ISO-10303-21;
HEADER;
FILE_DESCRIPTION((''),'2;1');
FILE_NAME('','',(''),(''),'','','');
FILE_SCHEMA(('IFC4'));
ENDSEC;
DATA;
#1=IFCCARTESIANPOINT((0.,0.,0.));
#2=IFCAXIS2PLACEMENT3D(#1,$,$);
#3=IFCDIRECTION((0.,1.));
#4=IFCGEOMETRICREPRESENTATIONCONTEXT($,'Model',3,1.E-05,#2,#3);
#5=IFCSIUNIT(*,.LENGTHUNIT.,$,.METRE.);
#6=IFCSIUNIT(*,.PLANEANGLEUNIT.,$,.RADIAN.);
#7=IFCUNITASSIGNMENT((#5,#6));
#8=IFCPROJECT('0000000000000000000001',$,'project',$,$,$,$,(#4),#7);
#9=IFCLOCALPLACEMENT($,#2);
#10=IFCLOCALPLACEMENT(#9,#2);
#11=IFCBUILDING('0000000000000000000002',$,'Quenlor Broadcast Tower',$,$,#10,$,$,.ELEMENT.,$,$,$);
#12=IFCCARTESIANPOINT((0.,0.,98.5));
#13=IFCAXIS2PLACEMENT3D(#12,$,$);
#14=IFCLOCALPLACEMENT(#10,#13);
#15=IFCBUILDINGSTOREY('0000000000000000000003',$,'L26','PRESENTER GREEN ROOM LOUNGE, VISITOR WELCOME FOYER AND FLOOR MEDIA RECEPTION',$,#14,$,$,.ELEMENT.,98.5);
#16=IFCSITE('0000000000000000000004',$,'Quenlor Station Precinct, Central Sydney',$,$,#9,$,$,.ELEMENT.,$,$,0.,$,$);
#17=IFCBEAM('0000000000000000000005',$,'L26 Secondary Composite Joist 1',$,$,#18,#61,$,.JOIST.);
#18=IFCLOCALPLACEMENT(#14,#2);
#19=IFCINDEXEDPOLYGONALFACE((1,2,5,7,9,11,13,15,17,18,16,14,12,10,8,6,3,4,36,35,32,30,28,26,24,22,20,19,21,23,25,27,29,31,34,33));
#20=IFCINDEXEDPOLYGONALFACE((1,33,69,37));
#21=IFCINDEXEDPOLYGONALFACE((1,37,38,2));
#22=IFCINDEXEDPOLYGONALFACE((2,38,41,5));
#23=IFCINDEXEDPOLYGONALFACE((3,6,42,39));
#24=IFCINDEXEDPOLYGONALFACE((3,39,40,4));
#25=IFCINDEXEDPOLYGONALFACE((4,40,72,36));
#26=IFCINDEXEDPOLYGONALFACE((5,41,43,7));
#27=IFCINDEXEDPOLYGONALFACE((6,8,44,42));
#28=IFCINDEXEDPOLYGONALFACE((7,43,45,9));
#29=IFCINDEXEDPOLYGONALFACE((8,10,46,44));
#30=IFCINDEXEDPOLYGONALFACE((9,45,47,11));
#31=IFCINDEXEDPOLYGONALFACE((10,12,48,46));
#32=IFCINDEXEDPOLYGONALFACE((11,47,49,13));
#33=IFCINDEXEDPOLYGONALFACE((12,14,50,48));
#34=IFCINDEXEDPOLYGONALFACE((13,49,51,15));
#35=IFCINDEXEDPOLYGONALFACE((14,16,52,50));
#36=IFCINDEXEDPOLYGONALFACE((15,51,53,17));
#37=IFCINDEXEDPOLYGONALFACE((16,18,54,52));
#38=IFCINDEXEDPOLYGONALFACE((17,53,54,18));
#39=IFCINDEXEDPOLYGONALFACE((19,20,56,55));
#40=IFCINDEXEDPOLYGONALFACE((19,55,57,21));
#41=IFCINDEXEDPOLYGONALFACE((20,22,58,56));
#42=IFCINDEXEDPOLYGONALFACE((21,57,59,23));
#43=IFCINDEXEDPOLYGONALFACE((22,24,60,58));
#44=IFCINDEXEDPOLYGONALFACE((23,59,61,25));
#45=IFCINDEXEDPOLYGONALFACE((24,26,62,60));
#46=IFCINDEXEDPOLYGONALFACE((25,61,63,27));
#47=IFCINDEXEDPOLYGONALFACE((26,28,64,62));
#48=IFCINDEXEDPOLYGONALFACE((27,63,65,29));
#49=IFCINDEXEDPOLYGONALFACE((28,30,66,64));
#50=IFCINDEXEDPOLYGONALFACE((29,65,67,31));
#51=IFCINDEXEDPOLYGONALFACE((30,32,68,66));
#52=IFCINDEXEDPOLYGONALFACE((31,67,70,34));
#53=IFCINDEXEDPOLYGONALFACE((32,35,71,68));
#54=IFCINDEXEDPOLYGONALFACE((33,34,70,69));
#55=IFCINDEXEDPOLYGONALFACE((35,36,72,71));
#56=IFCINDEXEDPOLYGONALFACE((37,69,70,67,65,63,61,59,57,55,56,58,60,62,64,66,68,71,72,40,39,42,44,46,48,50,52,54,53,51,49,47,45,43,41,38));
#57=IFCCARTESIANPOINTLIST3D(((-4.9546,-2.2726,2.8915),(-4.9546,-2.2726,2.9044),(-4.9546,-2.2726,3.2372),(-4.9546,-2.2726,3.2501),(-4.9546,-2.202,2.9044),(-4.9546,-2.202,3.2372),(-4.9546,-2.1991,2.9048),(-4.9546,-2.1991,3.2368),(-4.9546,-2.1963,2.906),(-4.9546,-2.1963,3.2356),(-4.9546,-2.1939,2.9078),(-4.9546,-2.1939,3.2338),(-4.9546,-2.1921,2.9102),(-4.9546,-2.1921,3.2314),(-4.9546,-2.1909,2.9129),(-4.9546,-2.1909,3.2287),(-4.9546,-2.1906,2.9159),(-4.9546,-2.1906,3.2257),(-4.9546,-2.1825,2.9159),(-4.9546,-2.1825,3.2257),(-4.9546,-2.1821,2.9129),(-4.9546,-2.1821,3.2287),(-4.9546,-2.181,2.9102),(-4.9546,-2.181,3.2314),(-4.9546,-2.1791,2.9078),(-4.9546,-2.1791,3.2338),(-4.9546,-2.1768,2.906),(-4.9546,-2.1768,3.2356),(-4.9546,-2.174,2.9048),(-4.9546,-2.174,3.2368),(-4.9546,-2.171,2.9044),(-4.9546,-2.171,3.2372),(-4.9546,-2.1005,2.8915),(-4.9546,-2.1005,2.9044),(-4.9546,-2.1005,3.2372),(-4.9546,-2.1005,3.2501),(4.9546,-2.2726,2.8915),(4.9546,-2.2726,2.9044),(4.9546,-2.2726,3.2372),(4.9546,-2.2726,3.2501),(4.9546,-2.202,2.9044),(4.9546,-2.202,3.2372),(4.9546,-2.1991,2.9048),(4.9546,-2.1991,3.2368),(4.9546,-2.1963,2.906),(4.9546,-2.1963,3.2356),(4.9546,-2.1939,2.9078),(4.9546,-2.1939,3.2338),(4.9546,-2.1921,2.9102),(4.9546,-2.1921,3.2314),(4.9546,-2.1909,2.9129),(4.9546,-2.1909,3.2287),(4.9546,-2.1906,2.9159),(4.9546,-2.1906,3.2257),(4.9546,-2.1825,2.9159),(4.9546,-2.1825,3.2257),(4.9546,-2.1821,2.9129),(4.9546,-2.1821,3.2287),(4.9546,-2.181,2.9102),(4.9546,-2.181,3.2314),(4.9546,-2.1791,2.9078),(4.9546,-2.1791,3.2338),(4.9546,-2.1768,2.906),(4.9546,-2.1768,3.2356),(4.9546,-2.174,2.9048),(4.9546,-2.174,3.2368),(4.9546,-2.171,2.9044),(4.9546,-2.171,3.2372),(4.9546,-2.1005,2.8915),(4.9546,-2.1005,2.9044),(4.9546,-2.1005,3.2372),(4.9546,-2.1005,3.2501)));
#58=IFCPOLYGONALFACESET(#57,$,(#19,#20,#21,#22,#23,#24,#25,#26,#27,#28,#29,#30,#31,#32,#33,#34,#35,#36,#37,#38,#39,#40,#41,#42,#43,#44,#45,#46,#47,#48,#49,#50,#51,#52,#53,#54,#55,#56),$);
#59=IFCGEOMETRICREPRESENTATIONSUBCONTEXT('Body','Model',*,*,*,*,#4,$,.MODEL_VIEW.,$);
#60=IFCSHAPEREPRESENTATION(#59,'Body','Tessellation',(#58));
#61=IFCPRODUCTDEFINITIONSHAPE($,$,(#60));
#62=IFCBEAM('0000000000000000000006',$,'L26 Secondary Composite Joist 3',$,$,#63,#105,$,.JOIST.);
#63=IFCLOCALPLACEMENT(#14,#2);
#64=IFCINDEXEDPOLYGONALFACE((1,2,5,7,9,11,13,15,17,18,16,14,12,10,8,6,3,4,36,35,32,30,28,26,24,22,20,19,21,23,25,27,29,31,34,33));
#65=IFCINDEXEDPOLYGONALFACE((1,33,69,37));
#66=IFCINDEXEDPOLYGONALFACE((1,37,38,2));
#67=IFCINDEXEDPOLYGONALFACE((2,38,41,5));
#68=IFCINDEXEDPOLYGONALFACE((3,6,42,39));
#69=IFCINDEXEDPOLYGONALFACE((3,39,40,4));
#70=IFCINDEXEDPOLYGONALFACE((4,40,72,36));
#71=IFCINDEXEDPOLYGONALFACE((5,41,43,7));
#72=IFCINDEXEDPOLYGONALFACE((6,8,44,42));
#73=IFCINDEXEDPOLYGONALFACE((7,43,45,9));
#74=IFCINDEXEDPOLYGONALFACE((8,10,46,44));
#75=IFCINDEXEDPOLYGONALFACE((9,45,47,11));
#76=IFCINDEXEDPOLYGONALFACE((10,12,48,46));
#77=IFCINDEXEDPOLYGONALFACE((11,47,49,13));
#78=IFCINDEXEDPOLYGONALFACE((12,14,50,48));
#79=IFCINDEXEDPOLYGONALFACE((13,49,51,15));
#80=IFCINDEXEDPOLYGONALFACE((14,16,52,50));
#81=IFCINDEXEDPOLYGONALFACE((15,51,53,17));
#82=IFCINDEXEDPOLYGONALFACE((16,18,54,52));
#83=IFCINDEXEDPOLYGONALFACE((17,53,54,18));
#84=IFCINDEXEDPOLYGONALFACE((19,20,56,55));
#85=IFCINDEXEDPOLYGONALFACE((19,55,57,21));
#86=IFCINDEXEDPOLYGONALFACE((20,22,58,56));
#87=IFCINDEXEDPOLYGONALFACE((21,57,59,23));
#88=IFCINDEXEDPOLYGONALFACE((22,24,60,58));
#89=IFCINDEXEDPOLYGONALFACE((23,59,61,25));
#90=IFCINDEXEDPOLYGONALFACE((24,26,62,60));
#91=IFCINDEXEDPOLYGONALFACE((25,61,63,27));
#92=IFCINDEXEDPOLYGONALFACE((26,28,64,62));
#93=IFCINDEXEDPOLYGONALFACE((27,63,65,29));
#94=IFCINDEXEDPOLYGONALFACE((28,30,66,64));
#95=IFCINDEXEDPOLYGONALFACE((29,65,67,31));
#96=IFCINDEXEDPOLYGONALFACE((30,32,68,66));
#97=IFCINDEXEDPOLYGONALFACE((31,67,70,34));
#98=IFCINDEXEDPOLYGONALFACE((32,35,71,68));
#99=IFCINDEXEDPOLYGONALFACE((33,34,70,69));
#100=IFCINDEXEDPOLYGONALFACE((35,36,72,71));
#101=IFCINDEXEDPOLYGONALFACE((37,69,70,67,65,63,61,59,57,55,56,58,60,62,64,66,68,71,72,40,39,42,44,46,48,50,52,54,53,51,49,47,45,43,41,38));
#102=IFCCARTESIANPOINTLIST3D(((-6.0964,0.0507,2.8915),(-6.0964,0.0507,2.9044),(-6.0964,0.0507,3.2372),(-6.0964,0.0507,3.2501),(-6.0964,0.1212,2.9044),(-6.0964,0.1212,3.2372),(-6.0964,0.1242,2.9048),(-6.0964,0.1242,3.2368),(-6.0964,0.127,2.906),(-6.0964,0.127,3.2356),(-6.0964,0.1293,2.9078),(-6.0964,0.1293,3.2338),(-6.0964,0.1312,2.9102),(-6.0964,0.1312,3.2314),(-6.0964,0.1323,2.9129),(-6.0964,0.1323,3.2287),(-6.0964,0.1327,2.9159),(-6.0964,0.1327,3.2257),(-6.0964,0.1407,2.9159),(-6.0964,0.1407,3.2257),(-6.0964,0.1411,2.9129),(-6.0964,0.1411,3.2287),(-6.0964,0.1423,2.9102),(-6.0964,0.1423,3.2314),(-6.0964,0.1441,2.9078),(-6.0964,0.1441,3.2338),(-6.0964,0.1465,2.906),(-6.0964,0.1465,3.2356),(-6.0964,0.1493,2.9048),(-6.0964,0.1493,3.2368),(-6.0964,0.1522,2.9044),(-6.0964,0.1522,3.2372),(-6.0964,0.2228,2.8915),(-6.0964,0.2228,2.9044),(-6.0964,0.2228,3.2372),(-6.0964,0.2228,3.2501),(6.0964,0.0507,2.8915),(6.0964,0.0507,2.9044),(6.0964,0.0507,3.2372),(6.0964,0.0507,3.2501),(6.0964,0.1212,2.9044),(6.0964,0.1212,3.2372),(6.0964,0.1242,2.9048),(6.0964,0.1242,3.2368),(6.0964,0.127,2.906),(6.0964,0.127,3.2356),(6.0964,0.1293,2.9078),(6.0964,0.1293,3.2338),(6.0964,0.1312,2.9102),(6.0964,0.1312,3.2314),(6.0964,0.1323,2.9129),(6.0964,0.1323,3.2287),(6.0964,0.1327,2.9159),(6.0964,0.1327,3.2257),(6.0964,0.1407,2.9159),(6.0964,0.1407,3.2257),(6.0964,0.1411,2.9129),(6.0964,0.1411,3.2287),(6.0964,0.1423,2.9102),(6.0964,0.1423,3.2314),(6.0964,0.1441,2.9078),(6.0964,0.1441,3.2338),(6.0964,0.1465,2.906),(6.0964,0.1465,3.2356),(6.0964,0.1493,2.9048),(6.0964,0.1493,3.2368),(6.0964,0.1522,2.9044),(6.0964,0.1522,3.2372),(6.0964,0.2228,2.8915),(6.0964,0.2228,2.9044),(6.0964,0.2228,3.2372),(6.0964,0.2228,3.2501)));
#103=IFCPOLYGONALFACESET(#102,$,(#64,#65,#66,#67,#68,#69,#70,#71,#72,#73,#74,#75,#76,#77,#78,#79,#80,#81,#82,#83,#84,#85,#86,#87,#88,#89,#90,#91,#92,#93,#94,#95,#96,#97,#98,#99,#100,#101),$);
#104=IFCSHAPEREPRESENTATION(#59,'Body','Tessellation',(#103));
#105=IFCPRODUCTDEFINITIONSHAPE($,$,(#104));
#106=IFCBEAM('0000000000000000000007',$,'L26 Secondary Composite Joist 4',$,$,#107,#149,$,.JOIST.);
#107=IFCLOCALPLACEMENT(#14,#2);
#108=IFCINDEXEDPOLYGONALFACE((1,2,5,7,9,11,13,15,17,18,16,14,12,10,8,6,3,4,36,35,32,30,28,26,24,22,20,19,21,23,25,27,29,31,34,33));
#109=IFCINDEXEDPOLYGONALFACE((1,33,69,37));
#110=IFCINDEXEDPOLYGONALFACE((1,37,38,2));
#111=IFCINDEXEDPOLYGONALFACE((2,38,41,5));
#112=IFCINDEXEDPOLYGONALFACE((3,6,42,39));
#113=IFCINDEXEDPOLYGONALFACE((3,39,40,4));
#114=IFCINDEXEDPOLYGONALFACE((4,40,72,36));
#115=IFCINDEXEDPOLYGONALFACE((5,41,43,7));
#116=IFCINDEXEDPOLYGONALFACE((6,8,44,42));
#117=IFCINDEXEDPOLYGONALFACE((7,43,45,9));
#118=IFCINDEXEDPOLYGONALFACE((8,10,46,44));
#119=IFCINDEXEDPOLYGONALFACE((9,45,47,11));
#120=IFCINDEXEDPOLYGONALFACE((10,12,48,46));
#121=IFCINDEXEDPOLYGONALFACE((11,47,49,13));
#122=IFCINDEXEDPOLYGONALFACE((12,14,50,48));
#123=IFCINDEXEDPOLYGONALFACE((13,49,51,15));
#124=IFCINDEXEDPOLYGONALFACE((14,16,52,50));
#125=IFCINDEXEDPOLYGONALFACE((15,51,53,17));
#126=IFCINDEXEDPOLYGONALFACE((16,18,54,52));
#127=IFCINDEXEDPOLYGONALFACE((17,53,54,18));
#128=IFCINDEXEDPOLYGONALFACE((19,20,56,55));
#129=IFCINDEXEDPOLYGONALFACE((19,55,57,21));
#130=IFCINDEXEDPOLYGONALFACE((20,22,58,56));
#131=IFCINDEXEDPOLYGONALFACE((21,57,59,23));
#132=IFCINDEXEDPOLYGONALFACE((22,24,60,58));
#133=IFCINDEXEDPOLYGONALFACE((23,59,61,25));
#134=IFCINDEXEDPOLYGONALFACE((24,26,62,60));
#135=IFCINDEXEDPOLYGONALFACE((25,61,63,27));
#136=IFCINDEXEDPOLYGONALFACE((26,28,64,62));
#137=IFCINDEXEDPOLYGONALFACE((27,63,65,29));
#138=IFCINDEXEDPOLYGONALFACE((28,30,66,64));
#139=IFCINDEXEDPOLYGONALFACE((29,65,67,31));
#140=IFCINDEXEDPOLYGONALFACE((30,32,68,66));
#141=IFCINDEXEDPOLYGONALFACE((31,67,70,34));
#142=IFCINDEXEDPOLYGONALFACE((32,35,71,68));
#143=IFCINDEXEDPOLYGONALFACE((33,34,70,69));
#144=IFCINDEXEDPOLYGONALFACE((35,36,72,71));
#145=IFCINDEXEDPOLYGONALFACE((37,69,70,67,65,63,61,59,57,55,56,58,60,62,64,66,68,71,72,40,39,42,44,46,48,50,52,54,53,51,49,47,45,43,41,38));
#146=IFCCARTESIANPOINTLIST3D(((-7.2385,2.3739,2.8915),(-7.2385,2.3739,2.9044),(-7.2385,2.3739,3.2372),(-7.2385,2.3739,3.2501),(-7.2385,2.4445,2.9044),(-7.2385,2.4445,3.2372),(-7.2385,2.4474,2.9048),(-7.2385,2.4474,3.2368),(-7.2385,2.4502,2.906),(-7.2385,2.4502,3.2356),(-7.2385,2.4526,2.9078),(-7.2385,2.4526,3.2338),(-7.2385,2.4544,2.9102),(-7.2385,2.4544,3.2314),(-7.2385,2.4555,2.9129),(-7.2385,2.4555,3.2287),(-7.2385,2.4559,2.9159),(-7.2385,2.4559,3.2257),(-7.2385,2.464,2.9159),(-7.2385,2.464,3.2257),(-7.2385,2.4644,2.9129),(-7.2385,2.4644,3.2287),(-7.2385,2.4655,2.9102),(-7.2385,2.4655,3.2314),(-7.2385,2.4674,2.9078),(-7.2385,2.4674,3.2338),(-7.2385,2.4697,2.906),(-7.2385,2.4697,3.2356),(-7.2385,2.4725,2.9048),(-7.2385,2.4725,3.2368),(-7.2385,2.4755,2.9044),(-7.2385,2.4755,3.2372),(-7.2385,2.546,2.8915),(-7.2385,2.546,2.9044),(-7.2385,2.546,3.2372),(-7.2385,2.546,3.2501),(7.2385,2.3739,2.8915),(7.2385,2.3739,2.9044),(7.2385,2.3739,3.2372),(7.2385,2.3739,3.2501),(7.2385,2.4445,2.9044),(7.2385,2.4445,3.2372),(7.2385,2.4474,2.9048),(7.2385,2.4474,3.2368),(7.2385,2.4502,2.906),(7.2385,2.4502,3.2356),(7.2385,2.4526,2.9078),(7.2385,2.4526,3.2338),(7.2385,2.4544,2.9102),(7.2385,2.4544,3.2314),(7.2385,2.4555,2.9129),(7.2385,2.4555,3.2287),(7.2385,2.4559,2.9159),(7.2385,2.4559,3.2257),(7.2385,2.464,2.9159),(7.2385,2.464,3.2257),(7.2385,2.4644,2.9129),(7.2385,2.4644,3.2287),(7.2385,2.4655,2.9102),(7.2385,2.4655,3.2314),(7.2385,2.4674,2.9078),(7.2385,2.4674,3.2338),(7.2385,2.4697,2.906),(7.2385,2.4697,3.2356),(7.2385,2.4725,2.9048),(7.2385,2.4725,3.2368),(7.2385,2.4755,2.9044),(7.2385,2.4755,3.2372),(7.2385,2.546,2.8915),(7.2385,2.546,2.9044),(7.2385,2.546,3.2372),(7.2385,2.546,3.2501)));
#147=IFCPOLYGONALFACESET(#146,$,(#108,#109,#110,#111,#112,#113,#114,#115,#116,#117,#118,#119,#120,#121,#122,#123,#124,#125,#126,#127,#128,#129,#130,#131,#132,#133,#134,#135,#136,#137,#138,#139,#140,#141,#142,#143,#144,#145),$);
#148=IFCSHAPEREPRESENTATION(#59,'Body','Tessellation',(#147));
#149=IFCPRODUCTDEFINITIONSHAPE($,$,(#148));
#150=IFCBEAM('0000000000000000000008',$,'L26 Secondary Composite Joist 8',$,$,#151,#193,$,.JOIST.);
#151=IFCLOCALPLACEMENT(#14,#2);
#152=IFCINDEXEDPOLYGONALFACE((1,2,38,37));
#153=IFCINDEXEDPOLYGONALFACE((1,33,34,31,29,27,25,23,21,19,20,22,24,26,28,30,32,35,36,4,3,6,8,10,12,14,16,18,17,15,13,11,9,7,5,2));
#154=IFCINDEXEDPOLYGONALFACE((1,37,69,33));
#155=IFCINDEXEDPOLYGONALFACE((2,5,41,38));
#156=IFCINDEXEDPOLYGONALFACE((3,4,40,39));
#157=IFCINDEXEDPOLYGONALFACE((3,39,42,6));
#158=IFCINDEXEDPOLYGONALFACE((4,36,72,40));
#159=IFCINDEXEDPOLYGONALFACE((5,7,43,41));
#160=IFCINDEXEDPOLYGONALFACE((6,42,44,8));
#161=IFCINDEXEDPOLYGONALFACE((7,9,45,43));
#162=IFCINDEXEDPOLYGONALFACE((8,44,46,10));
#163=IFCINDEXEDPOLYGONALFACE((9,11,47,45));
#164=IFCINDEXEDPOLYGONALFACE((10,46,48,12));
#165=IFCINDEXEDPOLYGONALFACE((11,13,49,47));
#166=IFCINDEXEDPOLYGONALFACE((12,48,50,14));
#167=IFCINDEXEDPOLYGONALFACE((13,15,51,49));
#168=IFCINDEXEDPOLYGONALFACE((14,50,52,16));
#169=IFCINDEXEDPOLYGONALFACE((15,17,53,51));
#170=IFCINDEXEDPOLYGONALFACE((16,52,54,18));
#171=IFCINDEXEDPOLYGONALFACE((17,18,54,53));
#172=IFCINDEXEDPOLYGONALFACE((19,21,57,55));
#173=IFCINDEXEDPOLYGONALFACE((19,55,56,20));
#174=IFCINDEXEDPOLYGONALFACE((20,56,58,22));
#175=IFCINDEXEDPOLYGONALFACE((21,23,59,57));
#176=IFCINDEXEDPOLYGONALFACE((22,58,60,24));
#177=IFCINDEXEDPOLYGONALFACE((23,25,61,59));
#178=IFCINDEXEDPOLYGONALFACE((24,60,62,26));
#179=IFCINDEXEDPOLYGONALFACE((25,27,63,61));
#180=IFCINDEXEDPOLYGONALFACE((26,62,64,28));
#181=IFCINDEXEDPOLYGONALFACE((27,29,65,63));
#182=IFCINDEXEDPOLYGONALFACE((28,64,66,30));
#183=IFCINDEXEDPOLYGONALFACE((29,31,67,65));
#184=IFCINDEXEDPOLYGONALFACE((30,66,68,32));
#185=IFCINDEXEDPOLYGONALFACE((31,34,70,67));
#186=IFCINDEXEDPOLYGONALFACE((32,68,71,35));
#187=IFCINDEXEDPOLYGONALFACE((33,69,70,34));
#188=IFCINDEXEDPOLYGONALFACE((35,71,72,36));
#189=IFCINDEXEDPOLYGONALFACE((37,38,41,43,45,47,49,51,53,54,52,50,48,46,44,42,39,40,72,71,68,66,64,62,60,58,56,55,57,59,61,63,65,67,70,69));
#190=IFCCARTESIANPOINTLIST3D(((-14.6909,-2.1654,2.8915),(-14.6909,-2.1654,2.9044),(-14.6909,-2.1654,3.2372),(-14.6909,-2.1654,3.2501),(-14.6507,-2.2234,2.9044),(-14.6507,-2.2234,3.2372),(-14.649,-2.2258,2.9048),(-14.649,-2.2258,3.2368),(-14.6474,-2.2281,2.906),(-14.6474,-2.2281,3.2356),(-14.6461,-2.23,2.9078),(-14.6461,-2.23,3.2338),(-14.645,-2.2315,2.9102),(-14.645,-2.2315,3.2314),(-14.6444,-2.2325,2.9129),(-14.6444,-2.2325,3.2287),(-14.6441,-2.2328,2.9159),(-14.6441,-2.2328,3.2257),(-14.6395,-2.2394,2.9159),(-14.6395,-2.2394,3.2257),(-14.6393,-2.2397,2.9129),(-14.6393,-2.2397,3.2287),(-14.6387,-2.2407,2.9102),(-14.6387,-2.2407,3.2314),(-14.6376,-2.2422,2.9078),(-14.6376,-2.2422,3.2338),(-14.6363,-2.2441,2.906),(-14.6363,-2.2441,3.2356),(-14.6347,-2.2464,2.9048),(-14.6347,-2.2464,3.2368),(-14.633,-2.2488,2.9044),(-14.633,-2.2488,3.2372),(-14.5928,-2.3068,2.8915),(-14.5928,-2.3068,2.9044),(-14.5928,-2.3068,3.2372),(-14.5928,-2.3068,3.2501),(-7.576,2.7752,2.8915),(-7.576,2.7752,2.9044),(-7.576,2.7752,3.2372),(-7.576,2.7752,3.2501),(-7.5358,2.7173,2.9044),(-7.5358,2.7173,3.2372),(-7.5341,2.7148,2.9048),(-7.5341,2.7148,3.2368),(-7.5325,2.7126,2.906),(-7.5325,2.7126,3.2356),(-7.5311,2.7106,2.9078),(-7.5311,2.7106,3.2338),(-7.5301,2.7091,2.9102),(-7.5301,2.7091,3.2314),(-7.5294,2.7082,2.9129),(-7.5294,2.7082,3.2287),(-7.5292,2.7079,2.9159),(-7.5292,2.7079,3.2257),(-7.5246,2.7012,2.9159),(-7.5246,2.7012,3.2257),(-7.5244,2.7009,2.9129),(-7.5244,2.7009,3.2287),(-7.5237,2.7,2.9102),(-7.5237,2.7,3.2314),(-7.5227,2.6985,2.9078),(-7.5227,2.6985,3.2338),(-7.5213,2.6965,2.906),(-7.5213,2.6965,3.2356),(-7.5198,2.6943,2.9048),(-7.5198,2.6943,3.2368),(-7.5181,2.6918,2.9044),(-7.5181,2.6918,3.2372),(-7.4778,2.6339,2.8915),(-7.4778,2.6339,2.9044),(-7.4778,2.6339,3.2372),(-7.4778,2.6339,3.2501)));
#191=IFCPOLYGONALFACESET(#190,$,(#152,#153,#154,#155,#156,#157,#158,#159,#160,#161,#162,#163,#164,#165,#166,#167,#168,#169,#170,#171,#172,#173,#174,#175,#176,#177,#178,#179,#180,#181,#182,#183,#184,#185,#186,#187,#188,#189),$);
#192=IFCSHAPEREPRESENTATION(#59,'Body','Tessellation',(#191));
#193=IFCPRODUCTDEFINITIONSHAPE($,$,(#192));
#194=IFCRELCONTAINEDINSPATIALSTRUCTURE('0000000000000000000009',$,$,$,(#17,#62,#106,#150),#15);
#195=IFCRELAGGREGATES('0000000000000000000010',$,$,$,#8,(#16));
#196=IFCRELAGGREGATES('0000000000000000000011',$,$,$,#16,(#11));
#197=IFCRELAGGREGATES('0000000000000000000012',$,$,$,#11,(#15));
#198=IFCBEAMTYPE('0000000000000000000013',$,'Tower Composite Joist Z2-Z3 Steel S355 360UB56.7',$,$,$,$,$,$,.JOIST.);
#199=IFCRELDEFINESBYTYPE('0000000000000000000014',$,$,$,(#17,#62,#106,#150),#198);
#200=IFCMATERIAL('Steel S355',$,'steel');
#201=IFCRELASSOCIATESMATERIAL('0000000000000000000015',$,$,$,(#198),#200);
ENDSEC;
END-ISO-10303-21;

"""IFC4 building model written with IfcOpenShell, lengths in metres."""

from ifc_helpers import new_model, si_unit, direction, frame, origin, origin_2d, place, context, subcontext, project, spatial, i_section, extrude, material, material_profile, profile_set, type_object, element, save


model = new_model("IFC4")

# Units and contexts
model_context = context("Model", 3, precision=1e-05, world=origin(), true_north=direction((0.0, 1.0)))
body_context = subcontext(model_context, "Body", "Model", "MODEL_VIEW")
ifc_project = project(units=[si_unit("LENGTHUNIT", "METRE"), si_unit("PLANEANGLEUNIT", "RADIAN")], contexts=[model_context])

# Site, building, storey
site_placement = place(None, origin())
site = spatial("IfcSite", under=ifc_project, at=site_placement, Name="Quenlor Station Precinct, Central Sydney", CompositionType="ELEMENT", RefElevation=0.0)
building_placement = place(site_placement, origin())
building = spatial("IfcBuilding", under=site, at=building_placement, Name="Quenlor Broadcast Tower", CompositionType="ELEMENT")
storey_placement = place(building_placement, frame((0.0, 0.0, 98.5)))
storey = spatial("IfcBuildingStorey", under=building, at=storey_placement, Name="L26", Description="PRESENTER GREEN ROOM LOUNGE, VISITOR WELCOME FOYER AND FLOOR MEDIA RECEPTION", CompositionType="ELEMENT", Elevation=98.5)

# Beams
ifc_material_1 = material(Name="Steel S355", Category="steel")
ifc_material_profile_1 = material_profile(ifc_material_1, i_section(OverallWidth=0.1721, OverallDepth=0.3586, WebThickness=0.0081, FlangeThickness=0.0129, FilletRadius=0.0115, at=origin_2d()))
ifc_profile_set_1 = profile_set([ifc_material_profile_1], Name="Steel S355 360UB56.7")
beam_type_1 = type_object("IfcBeamType", Name="Tower Composite Joist Z2-Z3 Steel S355 360UB56.7", PredefinedType="JOIST", material=ifc_profile_set_1)
beam_1_placement = place(storey_placement, frame((-4.9546, -2.1865, 3.0708), z_axis=(1.0, 0.0, 0.0), x_axis=(0.0, 1.0, 0.0)))
element("IfcBeam", 1, at=beam_1_placement, inside=storey, type_object=beam_type_1, Name="L26 Secondary Composite Joist 1", PredefinedType="JOIST", context=body_context, shape_type="SweptSolid", body=[
    extrude(i_section(OverallWidth=0.1721, OverallDepth=0.3586, WebThickness=0.0081, FlangeThickness=0.0129, FilletRadius=0.0115, at=origin_2d()), origin(), (0.0, 0.0, 1.0), 9.9092),
])
beam_2_placement = place(storey_placement, frame((-6.0964, 0.1367, 3.0708), z_axis=(1.0, 0.0, 0.0), x_axis=(0.0, 1.0, 0.0)))
element("IfcBeam", 2, at=beam_2_placement, inside=storey, type_object=beam_type_1, Name="L26 Secondary Composite Joist 3", PredefinedType="JOIST", context=body_context, shape_type="SweptSolid", body=[
    extrude(i_section(OverallWidth=0.1721, OverallDepth=0.3586, WebThickness=0.0081, FlangeThickness=0.0129, FilletRadius=0.0115, at=origin_2d()), origin(), (0.0, 0.0, 1.0), 12.1929),
])
beam_3_placement = place(storey_placement, frame((-7.2385, 2.46, 3.0708), z_axis=(1.0, 0.0, 0.0), x_axis=(0.0, 1.0, 0.0)))
element("IfcBeam", 3, at=beam_3_placement, inside=storey, type_object=beam_type_1, Name="L26 Secondary Composite Joist 4", PredefinedType="JOIST", context=body_context, shape_type="SweptSolid", body=[
    extrude(i_section(OverallWidth=0.1721, OverallDepth=0.3586, WebThickness=0.0081, FlangeThickness=0.0129, FilletRadius=0.0115, at=origin_2d()), origin(), (0.0, 0.0, 1.0), 14.4771),
])
beam_4_placement = place(storey_placement, frame((-14.6418, -2.2361, 3.0708), z_axis=(0.821386, 0.570373, 0.0), x_axis=(-0.570373, 0.821386, 0.0)))
element("IfcBeam", 4, at=beam_4_placement, inside=storey, type_object=beam_type_1, Name="L26 Secondary Composite Joist 8", PredefinedType="JOIST", context=body_context, shape_type="SweptSolid", body=[
    extrude(i_section(OverallWidth=0.1721, OverallDepth=0.3586, WebThickness=0.0081, FlangeThickness=0.0129, FilletRadius=0.0115, at=origin_2d()), origin(), (0.0, 0.0, 1.0), 8.6621),
])

save(model, "model.ifc")
